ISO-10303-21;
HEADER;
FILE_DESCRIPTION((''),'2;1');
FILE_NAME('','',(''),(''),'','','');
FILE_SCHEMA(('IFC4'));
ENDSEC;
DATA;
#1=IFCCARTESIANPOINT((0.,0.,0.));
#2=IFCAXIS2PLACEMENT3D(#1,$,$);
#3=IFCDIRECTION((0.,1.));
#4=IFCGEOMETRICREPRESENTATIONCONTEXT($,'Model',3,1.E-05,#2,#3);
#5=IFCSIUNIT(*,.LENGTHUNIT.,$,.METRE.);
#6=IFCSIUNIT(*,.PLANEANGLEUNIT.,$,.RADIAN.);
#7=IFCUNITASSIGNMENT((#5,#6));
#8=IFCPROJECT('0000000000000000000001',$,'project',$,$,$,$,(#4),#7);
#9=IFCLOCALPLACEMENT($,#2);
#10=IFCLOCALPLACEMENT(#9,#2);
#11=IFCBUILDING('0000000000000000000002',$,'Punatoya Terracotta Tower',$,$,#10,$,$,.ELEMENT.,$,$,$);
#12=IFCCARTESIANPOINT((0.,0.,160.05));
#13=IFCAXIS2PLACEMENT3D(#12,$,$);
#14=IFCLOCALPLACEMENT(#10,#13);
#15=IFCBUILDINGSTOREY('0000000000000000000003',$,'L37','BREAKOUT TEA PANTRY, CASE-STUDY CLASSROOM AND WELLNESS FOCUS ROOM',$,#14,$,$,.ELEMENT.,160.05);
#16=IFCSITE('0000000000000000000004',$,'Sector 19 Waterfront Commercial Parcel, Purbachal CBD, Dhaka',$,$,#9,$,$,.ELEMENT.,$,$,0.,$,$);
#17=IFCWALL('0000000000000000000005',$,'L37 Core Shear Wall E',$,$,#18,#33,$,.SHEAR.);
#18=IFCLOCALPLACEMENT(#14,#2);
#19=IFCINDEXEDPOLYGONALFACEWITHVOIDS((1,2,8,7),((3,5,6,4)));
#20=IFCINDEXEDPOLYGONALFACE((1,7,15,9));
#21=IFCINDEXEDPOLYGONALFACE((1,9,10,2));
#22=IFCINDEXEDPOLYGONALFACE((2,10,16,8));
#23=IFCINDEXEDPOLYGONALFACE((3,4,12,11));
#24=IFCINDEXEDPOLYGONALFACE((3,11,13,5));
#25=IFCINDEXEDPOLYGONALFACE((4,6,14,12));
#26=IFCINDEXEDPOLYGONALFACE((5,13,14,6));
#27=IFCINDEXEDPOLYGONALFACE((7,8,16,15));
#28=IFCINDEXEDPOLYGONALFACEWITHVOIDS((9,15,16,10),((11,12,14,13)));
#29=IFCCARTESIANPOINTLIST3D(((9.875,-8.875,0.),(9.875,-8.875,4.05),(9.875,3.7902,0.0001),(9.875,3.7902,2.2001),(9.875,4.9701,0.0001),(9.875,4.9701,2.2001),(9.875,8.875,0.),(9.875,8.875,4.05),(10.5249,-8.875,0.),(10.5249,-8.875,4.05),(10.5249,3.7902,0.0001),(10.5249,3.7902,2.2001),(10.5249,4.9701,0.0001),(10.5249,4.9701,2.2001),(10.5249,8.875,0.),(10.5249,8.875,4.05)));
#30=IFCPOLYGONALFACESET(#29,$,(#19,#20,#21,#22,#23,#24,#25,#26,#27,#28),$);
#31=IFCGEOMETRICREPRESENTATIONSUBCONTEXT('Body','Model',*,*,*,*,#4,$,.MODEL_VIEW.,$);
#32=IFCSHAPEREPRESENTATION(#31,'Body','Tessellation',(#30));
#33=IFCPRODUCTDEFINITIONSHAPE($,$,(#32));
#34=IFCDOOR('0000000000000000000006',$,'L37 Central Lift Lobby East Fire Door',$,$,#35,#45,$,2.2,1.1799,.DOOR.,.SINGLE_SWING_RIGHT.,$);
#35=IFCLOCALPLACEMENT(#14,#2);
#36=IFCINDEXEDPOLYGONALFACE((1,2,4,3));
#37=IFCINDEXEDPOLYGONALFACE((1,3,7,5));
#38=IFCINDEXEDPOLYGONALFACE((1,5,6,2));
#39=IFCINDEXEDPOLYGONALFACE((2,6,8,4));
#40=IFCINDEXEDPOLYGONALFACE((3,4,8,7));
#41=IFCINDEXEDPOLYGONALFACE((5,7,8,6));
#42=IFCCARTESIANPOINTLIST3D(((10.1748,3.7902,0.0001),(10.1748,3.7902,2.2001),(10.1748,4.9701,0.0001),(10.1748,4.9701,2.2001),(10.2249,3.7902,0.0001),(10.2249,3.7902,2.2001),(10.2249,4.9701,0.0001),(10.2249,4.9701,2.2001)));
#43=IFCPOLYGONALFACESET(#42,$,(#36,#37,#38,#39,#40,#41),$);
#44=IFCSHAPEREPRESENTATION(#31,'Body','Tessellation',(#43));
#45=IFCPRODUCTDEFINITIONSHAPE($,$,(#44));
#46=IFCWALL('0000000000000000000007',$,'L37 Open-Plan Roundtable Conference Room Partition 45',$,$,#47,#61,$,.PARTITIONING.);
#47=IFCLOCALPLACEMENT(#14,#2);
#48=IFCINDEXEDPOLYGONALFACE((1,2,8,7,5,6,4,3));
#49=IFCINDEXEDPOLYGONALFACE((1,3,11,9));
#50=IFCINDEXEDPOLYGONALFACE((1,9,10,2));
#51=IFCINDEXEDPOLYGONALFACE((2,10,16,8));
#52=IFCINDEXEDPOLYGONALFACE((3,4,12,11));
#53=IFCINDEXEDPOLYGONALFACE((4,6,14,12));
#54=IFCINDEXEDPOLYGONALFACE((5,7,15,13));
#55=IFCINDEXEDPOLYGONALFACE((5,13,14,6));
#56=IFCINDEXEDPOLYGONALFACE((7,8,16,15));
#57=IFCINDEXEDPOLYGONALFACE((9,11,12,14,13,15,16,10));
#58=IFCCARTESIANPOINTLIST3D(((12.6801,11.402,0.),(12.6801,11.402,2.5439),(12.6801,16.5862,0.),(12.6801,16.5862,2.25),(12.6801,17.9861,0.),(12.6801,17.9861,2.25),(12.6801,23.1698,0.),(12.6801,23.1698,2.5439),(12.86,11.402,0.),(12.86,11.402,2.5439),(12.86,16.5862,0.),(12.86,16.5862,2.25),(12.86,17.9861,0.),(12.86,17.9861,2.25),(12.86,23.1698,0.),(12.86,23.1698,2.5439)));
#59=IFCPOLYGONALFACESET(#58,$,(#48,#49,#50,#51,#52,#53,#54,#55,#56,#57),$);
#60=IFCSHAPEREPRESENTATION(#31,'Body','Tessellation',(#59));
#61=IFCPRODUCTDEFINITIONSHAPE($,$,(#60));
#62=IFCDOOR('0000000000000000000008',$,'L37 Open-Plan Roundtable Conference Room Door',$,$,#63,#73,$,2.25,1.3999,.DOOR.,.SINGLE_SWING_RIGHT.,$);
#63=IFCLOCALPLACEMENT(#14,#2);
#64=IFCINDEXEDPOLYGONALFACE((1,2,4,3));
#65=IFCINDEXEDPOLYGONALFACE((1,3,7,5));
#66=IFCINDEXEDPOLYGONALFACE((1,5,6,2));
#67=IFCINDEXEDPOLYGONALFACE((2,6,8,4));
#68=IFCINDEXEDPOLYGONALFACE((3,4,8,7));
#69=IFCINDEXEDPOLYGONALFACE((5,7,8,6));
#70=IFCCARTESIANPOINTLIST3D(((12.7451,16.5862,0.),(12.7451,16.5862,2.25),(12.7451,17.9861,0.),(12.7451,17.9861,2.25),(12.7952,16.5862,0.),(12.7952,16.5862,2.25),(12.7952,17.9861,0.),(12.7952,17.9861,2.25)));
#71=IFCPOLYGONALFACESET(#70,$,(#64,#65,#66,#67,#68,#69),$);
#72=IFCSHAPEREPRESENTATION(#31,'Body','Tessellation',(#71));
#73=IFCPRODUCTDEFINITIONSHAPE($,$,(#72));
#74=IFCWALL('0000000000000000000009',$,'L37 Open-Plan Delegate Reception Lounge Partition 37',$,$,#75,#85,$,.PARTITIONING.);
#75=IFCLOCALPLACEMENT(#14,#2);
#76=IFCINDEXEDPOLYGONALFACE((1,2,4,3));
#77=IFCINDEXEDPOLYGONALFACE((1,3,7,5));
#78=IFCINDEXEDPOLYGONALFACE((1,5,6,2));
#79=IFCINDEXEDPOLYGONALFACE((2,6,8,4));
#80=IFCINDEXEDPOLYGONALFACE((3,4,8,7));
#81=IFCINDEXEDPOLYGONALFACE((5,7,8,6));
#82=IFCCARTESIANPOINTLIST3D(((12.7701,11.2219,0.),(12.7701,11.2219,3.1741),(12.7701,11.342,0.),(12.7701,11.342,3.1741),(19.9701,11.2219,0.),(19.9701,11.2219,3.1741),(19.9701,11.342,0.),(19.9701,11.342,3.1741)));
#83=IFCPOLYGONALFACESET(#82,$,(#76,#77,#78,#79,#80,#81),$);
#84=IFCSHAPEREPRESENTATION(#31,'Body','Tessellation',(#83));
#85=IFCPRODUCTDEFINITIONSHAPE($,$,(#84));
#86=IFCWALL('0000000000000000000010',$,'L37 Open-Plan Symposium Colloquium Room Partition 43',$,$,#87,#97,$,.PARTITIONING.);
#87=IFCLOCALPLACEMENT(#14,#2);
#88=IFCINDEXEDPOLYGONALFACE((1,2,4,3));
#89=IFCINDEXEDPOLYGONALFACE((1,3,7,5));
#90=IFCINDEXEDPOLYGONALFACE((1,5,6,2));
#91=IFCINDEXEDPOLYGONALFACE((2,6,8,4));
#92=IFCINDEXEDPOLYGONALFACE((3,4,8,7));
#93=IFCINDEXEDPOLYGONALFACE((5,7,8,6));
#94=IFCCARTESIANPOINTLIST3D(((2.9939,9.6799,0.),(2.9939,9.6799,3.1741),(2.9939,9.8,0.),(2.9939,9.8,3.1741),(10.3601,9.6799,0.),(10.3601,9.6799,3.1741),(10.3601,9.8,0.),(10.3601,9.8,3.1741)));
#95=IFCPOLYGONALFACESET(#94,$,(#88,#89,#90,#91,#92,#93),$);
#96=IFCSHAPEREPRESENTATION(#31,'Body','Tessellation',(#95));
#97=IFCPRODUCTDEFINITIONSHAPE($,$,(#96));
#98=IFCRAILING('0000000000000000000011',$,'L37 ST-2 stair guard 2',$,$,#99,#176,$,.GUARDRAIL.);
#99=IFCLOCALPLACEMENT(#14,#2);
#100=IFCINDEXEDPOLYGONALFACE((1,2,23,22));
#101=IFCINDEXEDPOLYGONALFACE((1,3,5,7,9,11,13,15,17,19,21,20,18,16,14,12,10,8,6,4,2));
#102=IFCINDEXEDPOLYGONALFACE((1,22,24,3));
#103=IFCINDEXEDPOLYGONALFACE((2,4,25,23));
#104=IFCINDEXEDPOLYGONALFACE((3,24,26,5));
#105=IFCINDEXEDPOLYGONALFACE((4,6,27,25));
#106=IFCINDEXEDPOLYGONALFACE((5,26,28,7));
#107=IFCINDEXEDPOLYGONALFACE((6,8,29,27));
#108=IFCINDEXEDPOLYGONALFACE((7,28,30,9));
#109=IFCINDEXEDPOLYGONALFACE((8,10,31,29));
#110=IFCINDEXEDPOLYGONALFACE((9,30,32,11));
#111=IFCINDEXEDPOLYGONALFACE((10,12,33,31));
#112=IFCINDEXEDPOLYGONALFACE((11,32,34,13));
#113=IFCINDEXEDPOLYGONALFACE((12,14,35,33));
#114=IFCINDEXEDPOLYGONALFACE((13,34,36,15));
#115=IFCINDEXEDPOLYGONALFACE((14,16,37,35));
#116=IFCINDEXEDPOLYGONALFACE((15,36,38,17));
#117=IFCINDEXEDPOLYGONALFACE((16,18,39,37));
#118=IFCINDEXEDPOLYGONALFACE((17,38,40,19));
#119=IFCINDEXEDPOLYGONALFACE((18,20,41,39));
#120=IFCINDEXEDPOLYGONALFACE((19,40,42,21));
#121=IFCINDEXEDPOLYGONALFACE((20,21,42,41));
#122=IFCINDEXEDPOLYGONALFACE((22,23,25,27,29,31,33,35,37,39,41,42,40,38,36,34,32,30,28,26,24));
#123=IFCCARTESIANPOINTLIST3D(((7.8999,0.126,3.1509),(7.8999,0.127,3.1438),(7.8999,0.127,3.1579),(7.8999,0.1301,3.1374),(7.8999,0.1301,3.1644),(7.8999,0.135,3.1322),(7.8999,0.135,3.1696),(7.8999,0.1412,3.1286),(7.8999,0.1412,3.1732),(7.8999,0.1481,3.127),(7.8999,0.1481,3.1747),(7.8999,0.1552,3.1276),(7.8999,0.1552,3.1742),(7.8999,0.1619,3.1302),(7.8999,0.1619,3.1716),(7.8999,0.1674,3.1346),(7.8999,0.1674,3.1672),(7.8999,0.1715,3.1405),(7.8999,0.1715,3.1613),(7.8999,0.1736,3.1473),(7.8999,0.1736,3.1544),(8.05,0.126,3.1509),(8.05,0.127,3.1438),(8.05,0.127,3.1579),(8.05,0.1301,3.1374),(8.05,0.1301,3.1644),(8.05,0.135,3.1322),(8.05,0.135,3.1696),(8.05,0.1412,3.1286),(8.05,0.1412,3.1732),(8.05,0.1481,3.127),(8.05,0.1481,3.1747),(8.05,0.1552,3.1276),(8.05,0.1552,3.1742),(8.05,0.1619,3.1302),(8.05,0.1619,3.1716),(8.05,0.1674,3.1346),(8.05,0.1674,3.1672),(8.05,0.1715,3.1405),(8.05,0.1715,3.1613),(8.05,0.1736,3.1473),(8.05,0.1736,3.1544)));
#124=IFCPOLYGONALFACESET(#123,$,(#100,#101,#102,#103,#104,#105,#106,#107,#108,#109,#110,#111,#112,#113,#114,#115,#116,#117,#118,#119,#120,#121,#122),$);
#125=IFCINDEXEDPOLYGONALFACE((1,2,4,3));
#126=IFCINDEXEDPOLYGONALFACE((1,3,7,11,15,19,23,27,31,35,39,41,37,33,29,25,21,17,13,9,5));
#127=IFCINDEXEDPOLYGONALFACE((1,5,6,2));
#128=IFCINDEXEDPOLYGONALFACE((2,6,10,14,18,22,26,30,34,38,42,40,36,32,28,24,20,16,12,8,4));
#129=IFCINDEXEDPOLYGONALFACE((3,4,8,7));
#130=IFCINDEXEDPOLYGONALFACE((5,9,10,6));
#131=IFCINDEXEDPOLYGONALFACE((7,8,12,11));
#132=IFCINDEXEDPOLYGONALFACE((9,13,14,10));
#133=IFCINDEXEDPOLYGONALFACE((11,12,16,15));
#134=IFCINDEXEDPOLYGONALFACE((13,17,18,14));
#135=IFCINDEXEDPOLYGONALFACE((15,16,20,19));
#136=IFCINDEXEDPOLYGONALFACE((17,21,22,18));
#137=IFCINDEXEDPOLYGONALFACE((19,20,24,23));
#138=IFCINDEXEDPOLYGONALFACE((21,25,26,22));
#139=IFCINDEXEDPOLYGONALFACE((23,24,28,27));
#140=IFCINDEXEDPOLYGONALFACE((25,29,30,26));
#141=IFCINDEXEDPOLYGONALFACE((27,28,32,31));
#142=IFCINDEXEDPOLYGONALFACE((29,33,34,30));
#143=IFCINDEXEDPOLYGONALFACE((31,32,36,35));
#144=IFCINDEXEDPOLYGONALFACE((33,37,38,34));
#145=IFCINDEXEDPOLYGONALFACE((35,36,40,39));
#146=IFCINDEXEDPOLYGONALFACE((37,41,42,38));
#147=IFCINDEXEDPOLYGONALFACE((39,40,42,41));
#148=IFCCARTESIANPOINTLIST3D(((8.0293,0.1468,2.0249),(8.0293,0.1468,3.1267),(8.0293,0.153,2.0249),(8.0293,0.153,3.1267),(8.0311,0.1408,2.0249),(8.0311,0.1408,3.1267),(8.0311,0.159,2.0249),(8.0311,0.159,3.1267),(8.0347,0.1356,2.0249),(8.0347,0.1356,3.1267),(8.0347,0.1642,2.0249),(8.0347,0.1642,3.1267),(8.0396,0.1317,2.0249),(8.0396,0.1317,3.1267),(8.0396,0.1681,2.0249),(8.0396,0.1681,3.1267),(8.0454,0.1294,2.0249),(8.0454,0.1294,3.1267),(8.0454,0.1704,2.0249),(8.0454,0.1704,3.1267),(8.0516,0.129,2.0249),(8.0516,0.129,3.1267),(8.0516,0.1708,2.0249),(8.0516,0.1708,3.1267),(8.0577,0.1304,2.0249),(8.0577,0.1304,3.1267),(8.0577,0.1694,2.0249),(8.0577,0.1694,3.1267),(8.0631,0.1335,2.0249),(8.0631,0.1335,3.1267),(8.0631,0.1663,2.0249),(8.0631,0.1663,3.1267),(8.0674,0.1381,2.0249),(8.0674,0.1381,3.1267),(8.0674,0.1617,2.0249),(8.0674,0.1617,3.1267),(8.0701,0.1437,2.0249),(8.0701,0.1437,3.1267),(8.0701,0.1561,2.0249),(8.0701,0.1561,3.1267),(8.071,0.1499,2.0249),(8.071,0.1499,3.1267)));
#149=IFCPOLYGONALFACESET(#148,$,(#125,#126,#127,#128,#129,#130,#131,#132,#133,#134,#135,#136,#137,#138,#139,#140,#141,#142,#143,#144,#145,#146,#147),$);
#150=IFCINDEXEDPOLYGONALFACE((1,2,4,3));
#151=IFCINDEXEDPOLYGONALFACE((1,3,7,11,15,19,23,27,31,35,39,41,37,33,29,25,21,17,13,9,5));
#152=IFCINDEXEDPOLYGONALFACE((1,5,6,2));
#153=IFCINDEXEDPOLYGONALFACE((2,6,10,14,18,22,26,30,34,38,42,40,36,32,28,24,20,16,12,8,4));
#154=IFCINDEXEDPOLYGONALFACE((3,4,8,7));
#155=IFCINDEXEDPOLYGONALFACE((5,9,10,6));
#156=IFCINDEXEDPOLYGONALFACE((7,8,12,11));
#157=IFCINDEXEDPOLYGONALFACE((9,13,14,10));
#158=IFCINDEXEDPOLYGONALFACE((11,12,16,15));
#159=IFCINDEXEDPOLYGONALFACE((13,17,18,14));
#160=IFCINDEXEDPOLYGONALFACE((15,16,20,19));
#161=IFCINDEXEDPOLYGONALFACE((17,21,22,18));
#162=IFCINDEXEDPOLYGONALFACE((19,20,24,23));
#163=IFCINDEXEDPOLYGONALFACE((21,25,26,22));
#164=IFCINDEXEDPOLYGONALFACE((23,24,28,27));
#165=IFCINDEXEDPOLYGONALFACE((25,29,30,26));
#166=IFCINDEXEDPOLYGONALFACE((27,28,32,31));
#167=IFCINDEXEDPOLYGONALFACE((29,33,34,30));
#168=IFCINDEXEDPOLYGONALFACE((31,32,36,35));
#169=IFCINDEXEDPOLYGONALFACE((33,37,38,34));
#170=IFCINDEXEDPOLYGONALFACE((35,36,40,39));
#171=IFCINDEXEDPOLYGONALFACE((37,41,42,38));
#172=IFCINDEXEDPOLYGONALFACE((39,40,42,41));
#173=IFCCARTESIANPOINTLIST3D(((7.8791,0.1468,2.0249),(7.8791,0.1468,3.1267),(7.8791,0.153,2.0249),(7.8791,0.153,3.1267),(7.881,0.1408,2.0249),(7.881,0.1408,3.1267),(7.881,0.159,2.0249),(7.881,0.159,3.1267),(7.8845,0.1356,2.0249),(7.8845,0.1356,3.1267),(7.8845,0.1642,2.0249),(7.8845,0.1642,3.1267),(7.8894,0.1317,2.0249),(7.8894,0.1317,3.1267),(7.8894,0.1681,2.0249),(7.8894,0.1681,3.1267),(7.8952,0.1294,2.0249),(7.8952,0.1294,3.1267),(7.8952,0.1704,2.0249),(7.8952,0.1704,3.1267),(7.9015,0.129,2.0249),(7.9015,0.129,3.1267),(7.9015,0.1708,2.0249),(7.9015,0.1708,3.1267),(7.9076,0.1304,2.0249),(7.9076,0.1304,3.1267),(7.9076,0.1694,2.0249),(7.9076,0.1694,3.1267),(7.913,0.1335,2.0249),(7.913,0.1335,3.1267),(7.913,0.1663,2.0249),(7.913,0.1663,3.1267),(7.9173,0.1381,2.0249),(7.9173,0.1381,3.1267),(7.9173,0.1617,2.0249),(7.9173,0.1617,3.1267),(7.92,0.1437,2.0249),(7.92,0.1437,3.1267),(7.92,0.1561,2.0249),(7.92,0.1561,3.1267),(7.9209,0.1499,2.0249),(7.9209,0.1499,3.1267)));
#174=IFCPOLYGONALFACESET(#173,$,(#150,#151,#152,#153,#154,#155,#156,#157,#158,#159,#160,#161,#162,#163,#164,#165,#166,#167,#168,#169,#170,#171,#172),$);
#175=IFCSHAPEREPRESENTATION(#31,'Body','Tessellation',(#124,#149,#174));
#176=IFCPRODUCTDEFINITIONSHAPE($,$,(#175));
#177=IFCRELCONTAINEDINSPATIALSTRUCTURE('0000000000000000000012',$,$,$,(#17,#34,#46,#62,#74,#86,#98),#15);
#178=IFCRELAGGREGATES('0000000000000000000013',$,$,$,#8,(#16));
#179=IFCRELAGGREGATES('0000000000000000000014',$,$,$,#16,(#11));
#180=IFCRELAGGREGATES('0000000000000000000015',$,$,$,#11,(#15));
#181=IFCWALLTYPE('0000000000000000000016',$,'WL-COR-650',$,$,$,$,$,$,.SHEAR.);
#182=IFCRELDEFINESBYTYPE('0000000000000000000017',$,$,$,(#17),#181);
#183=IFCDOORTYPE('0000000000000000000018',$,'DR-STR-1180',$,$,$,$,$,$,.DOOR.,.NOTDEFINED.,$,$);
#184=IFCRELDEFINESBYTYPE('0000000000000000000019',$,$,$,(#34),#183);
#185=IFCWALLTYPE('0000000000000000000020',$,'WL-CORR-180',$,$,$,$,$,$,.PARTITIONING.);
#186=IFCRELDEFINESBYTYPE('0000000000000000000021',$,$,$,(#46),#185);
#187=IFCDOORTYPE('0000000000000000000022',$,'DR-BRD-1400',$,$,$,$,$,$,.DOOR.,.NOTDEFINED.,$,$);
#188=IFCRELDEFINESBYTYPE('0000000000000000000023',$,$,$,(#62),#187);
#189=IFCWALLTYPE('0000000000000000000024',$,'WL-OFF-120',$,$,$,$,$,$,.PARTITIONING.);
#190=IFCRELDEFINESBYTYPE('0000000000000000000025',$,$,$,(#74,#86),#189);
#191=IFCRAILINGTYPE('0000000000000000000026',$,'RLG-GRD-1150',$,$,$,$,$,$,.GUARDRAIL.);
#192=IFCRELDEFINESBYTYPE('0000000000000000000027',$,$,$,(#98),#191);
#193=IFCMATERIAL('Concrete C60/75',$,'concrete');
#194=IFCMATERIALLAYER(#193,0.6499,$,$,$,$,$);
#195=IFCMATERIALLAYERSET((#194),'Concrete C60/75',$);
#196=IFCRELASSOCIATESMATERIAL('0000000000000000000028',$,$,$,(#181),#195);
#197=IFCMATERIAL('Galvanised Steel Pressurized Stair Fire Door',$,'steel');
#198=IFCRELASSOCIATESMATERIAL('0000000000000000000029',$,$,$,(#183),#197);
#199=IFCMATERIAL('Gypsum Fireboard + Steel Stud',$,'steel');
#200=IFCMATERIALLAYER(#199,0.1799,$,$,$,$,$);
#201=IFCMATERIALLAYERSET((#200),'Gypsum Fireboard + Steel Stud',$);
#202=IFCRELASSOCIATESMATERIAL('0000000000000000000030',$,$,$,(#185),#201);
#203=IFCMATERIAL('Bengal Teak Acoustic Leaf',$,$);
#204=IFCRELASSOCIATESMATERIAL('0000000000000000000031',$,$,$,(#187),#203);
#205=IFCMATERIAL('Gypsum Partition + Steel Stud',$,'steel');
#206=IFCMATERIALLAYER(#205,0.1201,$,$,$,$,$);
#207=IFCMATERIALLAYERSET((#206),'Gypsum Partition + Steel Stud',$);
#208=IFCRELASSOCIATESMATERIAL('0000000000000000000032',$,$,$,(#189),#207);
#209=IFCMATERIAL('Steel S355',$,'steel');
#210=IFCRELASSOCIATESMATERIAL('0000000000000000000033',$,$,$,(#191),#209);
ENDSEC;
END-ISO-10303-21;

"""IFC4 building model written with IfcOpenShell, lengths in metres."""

from ifc_helpers import new_model, si_unit, direction, frame, frame_2d, origin, origin_2d, place, context, subcontext, project, spatial, rectangle, circle, extrude, material, layer, layer_set, type_object, element, fill, save


model = new_model("IFC4")

# Units and contexts
model_context = context("Model", 3, precision=1e-05, world=origin(), true_north=direction((0.0, 1.0)))
body_context = subcontext(model_context, "Body", "Model", "MODEL_VIEW")
ifc_project = project(units=[si_unit("LENGTHUNIT", "METRE"), si_unit("PLANEANGLEUNIT", "RADIAN")], contexts=[model_context])

# Site, building, storey
site_placement = place(None, origin())
site = spatial("IfcSite", under=ifc_project, at=site_placement, Name="Sector 19 Waterfront Commercial Parcel, Purbachal CBD, Dhaka", CompositionType="ELEMENT", RefElevation=0.0)
building_placement = place(site_placement, origin())
building = spatial("IfcBuilding", under=site, at=building_placement, Name="Punatoya Terracotta Tower", CompositionType="ELEMENT")
storey_placement = place(building_placement, frame((0.0, 0.0, 160.05)))
storey = spatial("IfcBuildingStorey", under=building, at=storey_placement, Name="L37", Description="BREAKOUT TEA PANTRY, CASE-STUDY CLASSROOM AND WELLNESS FOCUS ROOM", CompositionType="ELEMENT", Elevation=160.05)

# Shared definitions
ifc_material_1 = material(Name="Steel S355", Category="steel")

# Walls, openings, doors
ifc_material_2 = material(Name="Concrete C60/75", Category="concrete")
ifc_layer_1 = layer(ifc_material_2, 0.6499)
ifc_layer_set_1 = layer_set([ifc_layer_1], Name="Concrete C60/75")
wall_type_1 = type_object("IfcWallType", Name="WL-COR-650", PredefinedType="SHEAR", material=ifc_layer_set_1)
wall_1_placement = place(storey_placement, frame((10.2, 8.875, 0.0), z_axis=(0.0, 0.0, 1.0), x_axis=(0.0, -1.0, 0.0)))
wall_1 = element("IfcWall", 1, at=wall_1_placement, inside=storey, type_object=wall_type_1, Name="L37 Core Shear Wall E", PredefinedType="SHEAR", context=body_context, shape_type="SweptSolid", body=[
    extrude(rectangle(XDim=17.75, YDim=0.6499, at=frame_2d((8.875, 0.0))), origin(), (0.0, 0.0, 1.0), 4.05),
])
opening_1_placement = place(wall_1_placement, frame((3.905, 0.0, 0.0)))
opening_1 = element("IfcOpeningElement", 2, at=opening_1_placement, cuts=wall_1, PredefinedType="OPENING", context=body_context, shape_type="SweptSolid", body=[
    extrude(rectangle(XDim=1.1799, YDim=2.2, at=frame_2d((0.5898, 1.1001))), frame((0.0, 0.335, 0.0), z_axis=(0.0, -1.0, 0.0), x_axis=(1.0, 0.0, 0.0)), (0.0, 0.0, 1.0), 0.6699),
])
ifc_material_3 = material(Name="Galvanised Steel Pressurized Stair Fire Door", Category="steel")
door_type_1 = type_object("IfcDoorType", Name="DR-STR-1180", OperationType="NOTDEFINED", PredefinedType="DOOR", material=ifc_material_3)
door_1_placement = place(opening_1_placement, origin())
door_1 = element("IfcDoor", 3, at=door_1_placement, inside=storey, type_object=door_type_1, Name="L37 Central Lift Lobby East Fire Door", OperationType="SINGLE_SWING_RIGHT", OverallHeight=2.2, OverallWidth=1.1799, PredefinedType="DOOR", context=body_context, shape_type="SweptSolid", body=[
    extrude(rectangle(XDim=1.1799, YDim=2.2, at=frame_2d((0.5898, 1.1001))), frame((0.0, 0.0249, 0.0), z_axis=(0.0, -1.0, 0.0), x_axis=(1.0, 0.0, 0.0)), (0.0, 0.0, 1.0), 0.05),
])
fill(opening_1, door_1)
ifc_material_4 = material(Name="Gypsum Fireboard + Steel Stud", Category="steel")
ifc_layer_2 = layer(ifc_material_4, 0.1799)
ifc_layer_set_2 = layer_set([ifc_layer_2], Name="Gypsum Fireboard + Steel Stud")
wall_type_2 = type_object("IfcWallType", Name="WL-CORR-180", PredefinedType="PARTITIONING", material=ifc_layer_set_2)
wall_2_placement = place(storey_placement, frame((12.77, 11.4021, 0.0), z_axis=(0.0, 0.0, 1.0), x_axis=(0.0, 1.0, 0.0)))
wall_2 = element("IfcWall", 4, at=wall_2_placement, inside=storey, type_object=wall_type_2, Name="L37 Open-Plan Roundtable Conference Room Partition 45", PredefinedType="PARTITIONING", context=body_context, shape_type="SweptSolid", body=[
    extrude(rectangle(XDim=11.7678, YDim=0.1799, at=frame_2d((5.8838, 0.0))), origin(), (0.0, 0.0, 1.0), 2.5439),
])
opening_2_placement = place(wall_2_placement, frame((5.1841, 0.0, 0.0)))
opening_2 = element("IfcOpeningElement", 5, at=opening_2_placement, cuts=wall_2, PredefinedType="OPENING", context=body_context, shape_type="SweptSolid", body=[
    extrude(rectangle(XDim=1.3999, YDim=2.25, at=frame_2d((0.7, 1.125))), frame((0.0, 0.0999, 0.0), z_axis=(0.0, -1.0, 0.0), x_axis=(1.0, 0.0, 0.0)), (0.0, 0.0, 1.0), 0.2),
])
ifc_material_5 = material(Name="Bengal Teak Acoustic Leaf")
door_type_2 = type_object("IfcDoorType", Name="DR-BRD-1400", OperationType="NOTDEFINED", PredefinedType="DOOR", material=ifc_material_5)
door_2_placement = place(opening_2_placement, origin())
door_2 = element("IfcDoor", 6, at=door_2_placement, inside=storey, type_object=door_type_2, Name="L37 Open-Plan Roundtable Conference Room Door", OperationType="SINGLE_SWING_RIGHT", OverallHeight=2.25, OverallWidth=1.3999, PredefinedType="DOOR", context=body_context, shape_type="SweptSolid", body=[
    extrude(rectangle(XDim=1.3999, YDim=2.25, at=frame_2d((0.7, 1.125))), frame((0.0, 0.0249, 0.0), z_axis=(0.0, -1.0, 0.0), x_axis=(1.0, 0.0, 0.0)), (0.0, 0.0, 1.0), 0.05),
])
fill(opening_2, door_2)

# Walls
ifc_material_6 = material(Name="Gypsum Partition + Steel Stud", Category="steel")
ifc_layer_3 = layer(ifc_material_6, 0.1201)
ifc_layer_set_3 = layer_set([ifc_layer_3], Name="Gypsum Partition + Steel Stud")
wall_type_3 = type_object("IfcWallType", Name="WL-OFF-120", PredefinedType="PARTITIONING", material=ifc_layer_set_3)
wall_3_placement = place(storey_placement, frame((12.77, 11.282, 0.0), z_axis=(0.0, 0.0, 1.0), x_axis=(1.0, 0.0, 0.0)))
element("IfcWall", 7, at=wall_3_placement, inside=storey, type_object=wall_type_3, Name="L37 Open-Plan Delegate Reception Lounge Partition 37", PredefinedType="PARTITIONING", context=body_context, shape_type="SweptSolid", body=[
    extrude(rectangle(XDim=7.2, YDim=0.1201, at=frame_2d((3.6001, 0.0))), origin(), (0.0, 0.0, 1.0), 3.1741),
])
wall_4_placement = place(storey_placement, frame((10.3601, 9.74, 0.0), z_axis=(0.0, 0.0, 1.0), x_axis=(-1.0, 0.0, 0.0)))
element("IfcWall", 8, at=wall_4_placement, inside=storey, type_object=wall_type_3, Name="L37 Open-Plan Symposium Colloquium Room Partition 43", PredefinedType="PARTITIONING", context=body_context, shape_type="SweptSolid", body=[
    extrude(rectangle(XDim=7.3662, YDim=0.1201, at=frame_2d((3.6831, 0.0))), origin(), (0.0, 0.0, 1.0), 3.1741),
])

# Railing
railing_type = type_object("IfcRailingType", Name="RLG-GRD-1150", PredefinedType="GUARDRAIL", material=ifc_material_1)
railing_placement = place(storey_placement, frame((8.05, 0.1499, 2.0249)))
element("IfcRailing", 9, at=railing_placement, inside=storey, type_object=railing_type, Name="L37 ST-2 stair guard 2", PredefinedType="GUARDRAIL", context=body_context, shape_type="SweptSolid", body=[
    extrude(circle(Radius=0.0239, at=origin_2d()), frame((0.0, 0.0, 1.126), z_axis=(-1.0, 0.0, 0.0), x_axis=(0.0, -1.0, 0.0)), (0.0, 0.0, 1.0), 0.1501),
    extrude(circle(Radius=0.021, at=origin_2d()), origin(), (0.0, 0.0, 1.0), 1.1018),
    extrude(circle(Radius=0.021, at=origin_2d()), frame((-0.1501, 0.0, 0.0)), (0.0, 0.0, 1.0), 1.1018),
])

save(model, "model.ifc")
